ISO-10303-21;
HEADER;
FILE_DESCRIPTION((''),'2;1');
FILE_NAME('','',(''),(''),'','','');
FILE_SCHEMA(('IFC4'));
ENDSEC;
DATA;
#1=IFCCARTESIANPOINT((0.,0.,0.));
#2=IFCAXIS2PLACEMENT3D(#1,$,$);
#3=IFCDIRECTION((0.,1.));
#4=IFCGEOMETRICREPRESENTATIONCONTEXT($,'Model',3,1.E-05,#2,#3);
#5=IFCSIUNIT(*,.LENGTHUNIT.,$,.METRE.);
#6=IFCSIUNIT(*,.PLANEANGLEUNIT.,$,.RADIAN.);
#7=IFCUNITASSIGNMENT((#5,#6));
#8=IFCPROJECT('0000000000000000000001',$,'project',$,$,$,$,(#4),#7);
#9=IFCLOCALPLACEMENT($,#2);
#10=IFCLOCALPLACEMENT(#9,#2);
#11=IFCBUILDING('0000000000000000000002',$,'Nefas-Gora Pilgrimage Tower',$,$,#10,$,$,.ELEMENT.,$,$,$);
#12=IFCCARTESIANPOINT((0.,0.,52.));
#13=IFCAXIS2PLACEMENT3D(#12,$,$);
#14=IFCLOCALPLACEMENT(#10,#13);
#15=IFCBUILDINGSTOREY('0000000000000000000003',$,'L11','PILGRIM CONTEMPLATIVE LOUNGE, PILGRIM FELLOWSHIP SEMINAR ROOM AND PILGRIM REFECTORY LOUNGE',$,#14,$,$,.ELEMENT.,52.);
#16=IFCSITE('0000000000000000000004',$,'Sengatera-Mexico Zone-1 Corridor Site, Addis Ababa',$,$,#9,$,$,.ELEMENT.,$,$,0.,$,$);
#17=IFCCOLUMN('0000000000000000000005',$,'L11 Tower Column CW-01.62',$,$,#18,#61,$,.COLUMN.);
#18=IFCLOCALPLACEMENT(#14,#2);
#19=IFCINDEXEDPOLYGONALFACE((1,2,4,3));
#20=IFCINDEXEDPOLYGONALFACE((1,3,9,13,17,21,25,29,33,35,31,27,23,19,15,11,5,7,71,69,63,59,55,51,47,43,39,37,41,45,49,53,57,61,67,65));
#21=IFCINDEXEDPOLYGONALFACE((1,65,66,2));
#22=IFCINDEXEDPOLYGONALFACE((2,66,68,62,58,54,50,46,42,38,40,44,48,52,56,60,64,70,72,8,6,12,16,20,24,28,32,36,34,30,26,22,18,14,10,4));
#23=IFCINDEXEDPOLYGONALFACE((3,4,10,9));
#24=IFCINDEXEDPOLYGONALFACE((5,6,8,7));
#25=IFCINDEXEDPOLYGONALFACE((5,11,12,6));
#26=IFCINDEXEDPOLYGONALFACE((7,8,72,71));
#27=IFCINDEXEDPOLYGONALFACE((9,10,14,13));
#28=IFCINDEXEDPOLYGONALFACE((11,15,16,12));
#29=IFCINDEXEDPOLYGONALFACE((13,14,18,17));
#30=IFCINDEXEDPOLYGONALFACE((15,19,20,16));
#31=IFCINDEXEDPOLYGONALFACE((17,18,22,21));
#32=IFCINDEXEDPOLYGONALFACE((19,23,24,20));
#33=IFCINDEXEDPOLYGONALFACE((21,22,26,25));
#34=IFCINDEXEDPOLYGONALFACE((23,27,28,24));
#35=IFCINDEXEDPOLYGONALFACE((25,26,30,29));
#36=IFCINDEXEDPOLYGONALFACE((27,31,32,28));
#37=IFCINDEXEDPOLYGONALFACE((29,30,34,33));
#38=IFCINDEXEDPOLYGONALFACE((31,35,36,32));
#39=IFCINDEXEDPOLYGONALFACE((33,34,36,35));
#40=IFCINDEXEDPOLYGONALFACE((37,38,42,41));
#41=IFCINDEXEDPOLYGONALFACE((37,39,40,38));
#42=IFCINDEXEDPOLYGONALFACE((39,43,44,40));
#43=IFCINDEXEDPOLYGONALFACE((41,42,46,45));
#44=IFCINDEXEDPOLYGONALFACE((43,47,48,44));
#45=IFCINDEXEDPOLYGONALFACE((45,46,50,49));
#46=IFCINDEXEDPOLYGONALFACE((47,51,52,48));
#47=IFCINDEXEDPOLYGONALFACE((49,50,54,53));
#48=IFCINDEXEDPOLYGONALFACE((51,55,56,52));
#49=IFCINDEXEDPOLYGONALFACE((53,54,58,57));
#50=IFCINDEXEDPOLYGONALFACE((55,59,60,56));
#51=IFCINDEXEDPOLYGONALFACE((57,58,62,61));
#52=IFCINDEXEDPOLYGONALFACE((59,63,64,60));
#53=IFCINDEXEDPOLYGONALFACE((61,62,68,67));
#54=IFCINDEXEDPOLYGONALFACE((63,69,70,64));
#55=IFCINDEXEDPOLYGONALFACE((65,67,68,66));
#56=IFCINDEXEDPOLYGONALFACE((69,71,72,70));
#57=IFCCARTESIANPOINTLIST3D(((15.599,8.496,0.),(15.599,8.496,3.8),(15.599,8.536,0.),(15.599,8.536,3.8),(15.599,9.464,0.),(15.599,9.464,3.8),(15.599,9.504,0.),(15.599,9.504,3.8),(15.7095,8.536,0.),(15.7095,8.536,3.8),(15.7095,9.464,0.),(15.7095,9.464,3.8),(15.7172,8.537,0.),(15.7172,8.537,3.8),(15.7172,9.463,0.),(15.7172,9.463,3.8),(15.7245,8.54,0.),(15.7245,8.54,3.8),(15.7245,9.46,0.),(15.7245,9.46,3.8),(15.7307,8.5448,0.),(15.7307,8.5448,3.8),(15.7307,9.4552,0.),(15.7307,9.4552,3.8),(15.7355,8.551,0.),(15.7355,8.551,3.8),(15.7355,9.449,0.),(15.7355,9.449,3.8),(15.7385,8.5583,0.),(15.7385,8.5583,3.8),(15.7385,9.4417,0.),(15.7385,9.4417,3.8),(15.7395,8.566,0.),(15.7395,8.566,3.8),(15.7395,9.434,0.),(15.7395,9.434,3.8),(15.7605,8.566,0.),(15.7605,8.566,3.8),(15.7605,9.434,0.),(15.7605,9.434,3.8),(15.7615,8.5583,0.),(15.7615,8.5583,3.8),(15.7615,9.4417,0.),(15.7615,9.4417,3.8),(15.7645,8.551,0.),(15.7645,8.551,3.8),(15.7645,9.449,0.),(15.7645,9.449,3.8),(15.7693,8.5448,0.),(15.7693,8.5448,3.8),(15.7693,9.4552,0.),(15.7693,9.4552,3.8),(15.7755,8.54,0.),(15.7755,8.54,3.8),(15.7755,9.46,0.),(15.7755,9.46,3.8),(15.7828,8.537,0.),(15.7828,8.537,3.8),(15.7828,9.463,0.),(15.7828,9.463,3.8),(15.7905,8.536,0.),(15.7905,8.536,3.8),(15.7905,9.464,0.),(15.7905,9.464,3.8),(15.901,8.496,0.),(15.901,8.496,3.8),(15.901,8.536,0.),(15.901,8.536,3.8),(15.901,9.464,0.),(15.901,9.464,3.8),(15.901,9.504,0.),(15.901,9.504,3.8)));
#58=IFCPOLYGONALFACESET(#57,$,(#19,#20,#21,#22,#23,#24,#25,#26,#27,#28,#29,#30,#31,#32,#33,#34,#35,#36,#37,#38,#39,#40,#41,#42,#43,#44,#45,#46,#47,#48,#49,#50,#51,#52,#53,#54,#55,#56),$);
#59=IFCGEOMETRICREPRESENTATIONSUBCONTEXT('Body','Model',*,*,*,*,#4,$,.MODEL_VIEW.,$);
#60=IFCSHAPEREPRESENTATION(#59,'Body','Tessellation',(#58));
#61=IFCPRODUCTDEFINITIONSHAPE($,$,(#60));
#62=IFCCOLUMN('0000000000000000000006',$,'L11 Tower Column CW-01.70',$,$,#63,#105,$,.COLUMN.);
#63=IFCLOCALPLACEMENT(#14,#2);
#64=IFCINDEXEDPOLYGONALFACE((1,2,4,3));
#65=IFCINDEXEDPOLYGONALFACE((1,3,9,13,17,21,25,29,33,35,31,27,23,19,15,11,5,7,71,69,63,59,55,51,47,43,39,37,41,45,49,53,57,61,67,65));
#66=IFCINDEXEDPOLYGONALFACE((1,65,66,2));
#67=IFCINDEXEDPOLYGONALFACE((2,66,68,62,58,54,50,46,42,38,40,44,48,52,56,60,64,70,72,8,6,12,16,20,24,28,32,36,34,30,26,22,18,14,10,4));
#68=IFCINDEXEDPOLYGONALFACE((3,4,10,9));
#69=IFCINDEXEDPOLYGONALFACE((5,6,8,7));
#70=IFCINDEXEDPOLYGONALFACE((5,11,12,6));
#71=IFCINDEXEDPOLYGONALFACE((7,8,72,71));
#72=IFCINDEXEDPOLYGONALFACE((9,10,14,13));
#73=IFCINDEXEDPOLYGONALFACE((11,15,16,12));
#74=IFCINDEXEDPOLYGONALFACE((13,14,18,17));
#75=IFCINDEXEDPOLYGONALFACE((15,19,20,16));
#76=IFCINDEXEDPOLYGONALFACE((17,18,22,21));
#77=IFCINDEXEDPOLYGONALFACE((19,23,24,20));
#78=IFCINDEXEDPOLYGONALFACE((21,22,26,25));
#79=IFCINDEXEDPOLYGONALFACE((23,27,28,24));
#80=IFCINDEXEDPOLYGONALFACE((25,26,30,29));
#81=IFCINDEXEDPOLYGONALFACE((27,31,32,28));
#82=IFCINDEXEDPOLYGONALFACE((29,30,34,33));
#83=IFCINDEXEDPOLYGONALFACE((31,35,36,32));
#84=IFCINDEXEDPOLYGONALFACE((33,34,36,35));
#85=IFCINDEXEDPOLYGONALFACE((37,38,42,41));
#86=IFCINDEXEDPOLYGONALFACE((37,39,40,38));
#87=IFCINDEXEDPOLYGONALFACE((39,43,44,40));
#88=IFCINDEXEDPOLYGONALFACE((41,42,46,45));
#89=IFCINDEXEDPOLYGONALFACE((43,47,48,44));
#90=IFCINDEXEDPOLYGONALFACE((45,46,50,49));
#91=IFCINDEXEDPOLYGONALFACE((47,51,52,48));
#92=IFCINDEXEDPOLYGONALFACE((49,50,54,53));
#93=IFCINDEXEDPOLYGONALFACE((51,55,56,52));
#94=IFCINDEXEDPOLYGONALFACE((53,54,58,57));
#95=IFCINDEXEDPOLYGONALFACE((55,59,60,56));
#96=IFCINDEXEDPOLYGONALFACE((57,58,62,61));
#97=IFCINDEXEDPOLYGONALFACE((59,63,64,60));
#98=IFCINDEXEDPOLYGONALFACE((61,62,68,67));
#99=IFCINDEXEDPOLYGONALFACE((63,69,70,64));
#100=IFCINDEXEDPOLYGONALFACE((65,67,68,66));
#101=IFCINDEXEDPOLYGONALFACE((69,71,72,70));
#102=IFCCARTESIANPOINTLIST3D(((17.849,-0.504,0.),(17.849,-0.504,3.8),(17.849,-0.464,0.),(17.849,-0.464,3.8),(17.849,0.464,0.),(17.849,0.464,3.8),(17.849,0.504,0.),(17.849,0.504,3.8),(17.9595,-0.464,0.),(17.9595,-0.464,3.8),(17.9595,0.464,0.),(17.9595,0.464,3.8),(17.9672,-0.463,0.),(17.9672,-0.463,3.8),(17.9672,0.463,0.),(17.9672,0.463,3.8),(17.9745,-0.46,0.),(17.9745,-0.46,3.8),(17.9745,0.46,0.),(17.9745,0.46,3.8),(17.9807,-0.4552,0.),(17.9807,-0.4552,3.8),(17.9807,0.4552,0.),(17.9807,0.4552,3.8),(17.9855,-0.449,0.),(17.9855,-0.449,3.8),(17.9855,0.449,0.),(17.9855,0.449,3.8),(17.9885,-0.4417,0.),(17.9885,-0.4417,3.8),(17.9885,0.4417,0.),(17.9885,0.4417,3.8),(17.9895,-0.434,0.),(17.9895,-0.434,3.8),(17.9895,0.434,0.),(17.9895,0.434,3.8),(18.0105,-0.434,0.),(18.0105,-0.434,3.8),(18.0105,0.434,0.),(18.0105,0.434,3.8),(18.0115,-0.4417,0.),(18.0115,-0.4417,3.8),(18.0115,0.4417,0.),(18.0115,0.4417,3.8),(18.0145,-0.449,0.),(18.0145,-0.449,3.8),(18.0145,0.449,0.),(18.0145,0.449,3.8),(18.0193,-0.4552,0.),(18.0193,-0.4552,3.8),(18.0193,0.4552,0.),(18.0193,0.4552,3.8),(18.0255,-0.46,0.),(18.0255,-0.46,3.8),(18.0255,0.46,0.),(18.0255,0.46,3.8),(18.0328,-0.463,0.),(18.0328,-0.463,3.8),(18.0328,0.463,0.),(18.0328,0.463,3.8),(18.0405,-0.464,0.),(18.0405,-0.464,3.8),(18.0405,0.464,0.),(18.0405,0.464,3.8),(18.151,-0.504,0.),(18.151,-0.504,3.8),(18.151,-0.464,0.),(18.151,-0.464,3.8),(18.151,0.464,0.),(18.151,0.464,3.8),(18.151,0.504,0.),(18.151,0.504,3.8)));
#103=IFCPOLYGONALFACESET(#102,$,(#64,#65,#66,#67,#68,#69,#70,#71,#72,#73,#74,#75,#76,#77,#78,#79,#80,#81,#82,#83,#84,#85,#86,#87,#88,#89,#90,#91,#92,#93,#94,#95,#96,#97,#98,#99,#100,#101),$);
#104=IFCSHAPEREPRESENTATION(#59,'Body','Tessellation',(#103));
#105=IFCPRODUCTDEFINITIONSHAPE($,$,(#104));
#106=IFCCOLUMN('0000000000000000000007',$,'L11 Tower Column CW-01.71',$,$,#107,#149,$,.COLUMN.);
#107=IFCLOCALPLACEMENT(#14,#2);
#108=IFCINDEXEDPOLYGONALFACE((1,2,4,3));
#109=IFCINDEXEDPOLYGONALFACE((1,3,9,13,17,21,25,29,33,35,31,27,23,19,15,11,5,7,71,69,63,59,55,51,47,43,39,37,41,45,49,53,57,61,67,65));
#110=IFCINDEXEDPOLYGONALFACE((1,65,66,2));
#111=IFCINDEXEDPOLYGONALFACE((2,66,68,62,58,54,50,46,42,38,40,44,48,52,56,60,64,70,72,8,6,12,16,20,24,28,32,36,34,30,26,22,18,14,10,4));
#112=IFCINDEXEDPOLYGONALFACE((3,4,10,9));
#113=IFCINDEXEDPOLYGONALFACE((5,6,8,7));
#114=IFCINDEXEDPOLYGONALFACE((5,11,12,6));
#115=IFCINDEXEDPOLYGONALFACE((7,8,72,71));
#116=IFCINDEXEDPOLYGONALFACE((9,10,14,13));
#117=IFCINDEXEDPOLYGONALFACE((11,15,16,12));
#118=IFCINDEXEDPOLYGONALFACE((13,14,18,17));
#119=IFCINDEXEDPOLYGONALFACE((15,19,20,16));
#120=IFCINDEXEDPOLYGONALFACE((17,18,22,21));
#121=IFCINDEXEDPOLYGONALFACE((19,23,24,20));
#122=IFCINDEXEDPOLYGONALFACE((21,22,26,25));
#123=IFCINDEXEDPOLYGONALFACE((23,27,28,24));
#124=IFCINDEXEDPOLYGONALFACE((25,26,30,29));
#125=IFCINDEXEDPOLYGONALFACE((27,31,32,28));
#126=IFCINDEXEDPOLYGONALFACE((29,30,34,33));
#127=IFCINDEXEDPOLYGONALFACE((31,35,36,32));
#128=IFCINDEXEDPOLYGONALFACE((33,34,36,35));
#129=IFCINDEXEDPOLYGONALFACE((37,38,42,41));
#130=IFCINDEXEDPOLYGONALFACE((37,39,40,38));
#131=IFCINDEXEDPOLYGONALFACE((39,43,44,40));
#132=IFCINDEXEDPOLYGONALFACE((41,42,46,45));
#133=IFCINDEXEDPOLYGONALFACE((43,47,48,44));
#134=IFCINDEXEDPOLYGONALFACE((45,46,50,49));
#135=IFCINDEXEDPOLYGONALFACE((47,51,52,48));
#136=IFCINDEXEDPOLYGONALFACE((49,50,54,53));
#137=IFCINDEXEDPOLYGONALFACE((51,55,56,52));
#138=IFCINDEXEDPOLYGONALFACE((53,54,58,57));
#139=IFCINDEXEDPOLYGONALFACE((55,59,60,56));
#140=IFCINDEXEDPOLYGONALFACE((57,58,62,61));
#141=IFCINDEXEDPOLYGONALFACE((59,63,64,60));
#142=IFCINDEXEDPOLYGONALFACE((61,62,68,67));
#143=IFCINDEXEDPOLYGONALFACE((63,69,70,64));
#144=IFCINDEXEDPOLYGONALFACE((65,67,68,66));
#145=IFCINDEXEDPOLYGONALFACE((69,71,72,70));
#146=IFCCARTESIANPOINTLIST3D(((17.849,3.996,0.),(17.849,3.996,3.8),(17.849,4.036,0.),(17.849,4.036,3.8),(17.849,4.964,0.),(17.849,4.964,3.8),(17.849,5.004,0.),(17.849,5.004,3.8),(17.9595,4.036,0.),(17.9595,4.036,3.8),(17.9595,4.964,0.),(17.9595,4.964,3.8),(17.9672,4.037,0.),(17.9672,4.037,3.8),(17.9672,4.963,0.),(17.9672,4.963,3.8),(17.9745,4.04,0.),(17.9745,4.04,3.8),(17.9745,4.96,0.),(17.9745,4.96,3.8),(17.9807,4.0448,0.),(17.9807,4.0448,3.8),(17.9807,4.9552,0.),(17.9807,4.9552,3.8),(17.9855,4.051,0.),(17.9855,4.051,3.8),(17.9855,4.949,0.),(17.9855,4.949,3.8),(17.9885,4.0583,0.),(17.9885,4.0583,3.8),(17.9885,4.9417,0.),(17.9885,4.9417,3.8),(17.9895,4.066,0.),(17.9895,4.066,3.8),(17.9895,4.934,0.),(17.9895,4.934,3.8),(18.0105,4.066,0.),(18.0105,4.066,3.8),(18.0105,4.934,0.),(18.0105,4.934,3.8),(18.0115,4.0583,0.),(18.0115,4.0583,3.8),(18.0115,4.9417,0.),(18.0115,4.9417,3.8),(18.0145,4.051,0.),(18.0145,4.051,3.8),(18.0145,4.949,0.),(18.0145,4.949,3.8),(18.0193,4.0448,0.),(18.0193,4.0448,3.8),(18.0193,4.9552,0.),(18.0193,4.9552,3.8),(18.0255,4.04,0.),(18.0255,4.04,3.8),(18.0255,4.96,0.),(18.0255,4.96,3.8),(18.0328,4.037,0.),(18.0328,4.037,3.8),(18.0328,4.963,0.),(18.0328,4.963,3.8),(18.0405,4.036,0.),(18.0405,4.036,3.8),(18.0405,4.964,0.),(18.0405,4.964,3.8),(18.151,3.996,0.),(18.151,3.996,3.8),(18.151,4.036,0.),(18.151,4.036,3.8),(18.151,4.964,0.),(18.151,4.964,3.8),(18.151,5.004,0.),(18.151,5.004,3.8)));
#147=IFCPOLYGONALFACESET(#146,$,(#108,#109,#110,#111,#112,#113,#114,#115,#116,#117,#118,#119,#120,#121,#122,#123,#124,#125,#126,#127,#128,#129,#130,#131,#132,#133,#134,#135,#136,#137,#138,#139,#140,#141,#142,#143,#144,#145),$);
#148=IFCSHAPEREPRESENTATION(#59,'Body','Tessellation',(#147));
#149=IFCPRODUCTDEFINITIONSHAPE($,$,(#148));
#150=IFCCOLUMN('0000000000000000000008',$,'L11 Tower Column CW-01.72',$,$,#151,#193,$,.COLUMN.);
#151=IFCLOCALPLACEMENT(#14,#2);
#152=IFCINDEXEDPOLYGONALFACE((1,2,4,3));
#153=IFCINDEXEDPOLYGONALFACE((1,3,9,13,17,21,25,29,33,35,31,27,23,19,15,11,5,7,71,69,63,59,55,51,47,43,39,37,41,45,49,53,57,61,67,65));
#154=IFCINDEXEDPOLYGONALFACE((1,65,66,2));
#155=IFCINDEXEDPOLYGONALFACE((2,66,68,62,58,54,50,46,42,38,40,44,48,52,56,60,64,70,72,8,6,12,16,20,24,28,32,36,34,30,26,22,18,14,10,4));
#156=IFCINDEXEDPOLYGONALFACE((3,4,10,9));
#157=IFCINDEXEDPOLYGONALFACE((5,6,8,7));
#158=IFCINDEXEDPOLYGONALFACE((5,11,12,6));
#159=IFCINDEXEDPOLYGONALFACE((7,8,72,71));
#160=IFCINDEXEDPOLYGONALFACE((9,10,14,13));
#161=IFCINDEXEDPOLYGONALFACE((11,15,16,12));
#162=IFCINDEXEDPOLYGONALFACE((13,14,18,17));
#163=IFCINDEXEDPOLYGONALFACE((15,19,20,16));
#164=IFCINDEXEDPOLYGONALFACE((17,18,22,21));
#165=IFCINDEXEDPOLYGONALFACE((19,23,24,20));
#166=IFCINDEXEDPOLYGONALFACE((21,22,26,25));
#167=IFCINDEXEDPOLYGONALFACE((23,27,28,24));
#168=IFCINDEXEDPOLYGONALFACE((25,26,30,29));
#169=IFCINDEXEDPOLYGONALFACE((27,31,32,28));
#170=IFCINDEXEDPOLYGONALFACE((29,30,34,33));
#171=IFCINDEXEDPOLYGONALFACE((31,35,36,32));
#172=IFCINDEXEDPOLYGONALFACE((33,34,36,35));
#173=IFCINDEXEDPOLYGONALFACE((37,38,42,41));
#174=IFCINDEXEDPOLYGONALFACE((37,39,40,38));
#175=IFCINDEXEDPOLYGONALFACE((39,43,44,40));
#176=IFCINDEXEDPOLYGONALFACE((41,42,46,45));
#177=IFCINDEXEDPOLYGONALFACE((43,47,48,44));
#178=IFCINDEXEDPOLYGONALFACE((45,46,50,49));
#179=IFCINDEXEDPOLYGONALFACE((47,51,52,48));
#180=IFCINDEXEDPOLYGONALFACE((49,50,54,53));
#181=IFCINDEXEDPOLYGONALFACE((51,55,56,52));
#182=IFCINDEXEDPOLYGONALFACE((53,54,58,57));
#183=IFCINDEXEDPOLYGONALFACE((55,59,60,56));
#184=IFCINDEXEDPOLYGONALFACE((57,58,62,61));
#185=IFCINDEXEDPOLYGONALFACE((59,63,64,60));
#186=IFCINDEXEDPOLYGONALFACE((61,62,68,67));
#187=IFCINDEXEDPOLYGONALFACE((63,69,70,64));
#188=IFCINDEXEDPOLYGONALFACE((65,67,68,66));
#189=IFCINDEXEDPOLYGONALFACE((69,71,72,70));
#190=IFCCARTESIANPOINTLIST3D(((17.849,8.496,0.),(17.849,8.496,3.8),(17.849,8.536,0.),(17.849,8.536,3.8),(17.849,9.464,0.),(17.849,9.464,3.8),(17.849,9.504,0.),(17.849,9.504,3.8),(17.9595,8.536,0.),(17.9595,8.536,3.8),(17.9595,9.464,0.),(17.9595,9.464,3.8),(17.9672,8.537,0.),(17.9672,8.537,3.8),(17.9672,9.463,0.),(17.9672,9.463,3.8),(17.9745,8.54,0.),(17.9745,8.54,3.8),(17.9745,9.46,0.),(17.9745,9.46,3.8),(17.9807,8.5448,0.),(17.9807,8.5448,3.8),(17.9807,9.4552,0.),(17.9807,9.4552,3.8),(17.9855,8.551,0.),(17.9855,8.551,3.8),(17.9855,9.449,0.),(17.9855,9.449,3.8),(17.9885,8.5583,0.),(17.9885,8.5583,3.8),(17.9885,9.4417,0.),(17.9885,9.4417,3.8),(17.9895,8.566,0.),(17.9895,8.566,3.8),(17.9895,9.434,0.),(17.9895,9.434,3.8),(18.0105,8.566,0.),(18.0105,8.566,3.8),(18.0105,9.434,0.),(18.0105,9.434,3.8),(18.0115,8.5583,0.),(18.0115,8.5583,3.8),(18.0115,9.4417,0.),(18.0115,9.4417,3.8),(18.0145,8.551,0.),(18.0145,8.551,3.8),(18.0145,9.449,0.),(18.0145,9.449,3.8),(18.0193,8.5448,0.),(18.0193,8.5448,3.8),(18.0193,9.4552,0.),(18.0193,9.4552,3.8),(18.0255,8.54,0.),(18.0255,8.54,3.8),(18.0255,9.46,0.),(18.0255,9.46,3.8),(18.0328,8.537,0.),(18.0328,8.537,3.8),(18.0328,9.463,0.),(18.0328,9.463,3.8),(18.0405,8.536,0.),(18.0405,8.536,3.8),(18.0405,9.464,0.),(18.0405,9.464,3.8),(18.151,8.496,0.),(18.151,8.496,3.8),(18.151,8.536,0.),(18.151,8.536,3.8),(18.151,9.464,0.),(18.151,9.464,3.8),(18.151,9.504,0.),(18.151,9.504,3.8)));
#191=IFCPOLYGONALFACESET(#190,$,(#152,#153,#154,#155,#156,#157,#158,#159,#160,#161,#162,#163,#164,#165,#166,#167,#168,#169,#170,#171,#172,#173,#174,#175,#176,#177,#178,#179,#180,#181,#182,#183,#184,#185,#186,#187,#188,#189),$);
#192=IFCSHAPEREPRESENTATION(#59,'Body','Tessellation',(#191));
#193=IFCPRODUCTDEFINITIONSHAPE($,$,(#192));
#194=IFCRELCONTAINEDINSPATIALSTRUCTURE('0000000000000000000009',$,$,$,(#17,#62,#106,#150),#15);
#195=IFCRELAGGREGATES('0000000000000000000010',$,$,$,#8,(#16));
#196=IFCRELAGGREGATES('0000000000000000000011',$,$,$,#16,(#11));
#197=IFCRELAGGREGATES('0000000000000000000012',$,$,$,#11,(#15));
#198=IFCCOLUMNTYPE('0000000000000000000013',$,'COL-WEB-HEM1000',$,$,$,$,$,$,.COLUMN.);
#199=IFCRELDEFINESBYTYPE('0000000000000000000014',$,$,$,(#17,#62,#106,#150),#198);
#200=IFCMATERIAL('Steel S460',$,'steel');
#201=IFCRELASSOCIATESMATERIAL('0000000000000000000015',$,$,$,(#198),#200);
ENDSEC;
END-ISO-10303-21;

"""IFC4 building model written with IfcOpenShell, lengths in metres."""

from ifc_helpers import new_model, si_unit, direction, frame, origin, origin_2d, place, context, subcontext, project, spatial, i_section, extrude, source, transform, mapped, material, material_profile, profile_set, type_object, element, save


model = new_model("IFC4")

# Units and contexts
model_context = context("Model", 3, precision=1e-05, world=origin(), true_north=direction((0.0, 1.0)))
body_context = subcontext(model_context, "Body", "Model", "MODEL_VIEW")
ifc_project = project(units=[si_unit("LENGTHUNIT", "METRE"), si_unit("PLANEANGLEUNIT", "RADIAN")], contexts=[model_context])

# Site, building, storey
site_placement = place(None, origin())
site = spatial("IfcSite", under=ifc_project, at=site_placement, Name="Sengatera-Mexico Zone-1 Corridor Site, Addis Ababa", CompositionType="ELEMENT", RefElevation=0.0)
building_placement = place(site_placement, origin())
building = spatial("IfcBuilding", under=site, at=building_placement, Name="Nefas-Gora Pilgrimage Tower", CompositionType="ELEMENT")
storey_placement = place(building_placement, frame((0.0, 0.0, 52.0)))
storey = spatial("IfcBuildingStorey", under=building, at=storey_placement, Name="L11", Description="PILGRIM CONTEMPLATIVE LOUNGE, PILGRIM FELLOWSHIP SEMINAR ROOM AND PILGRIM REFECTORY LOUNGE", CompositionType="ELEMENT", Elevation=52.0)

# Columns
ifc_material_1 = material(Name="Steel S460", Category="steel")
ifc_material_profile_1 = material_profile(ifc_material_1, i_section(OverallWidth=0.302, OverallDepth=1.0081, WebThickness=0.021, FlangeThickness=0.04, FilletRadius=0.03, at=origin_2d()), Name="HEM 1000")
ifc_profile_set_1 = profile_set([ifc_material_profile_1], Name="Steel S460")
column_type_1 = type_object("IfcColumnType", Name="COL-WEB-HEM1000", PredefinedType="COLUMN", material=ifc_profile_set_1)
shared_shape_1 = source(origin(), body_context, "Body", "SweptSolid", [
    extrude(i_section(OverallWidth=0.302, OverallDepth=1.0081, WebThickness=0.021, FlangeThickness=0.04, FilletRadius=0.03, at=origin_2d()), origin(), (0.0, 0.0, 1.0), 3.8),
])
for number, where, z_axis, x_axis, name in (
    (1, (15.75, 9.0, 0.0), (0.0, 0.0, 1.0), (1.0, 0.0, 0.0), "L11 Tower Column CW-01.62"),
    (2, (18.0, 0.0, 0.0), (0.0, 0.0, 1.0), (1.0, 0.0, 0.0), "L11 Tower Column CW-01.70"),
    (3, (18.0, 4.5, 0.0), (0.0, 0.0, 1.0), (1.0, 0.0, 0.0), "L11 Tower Column CW-01.71"),
    (4, (18.0, 9.0, 0.0), (0.0, 0.0, 1.0), (1.0, 0.0, 0.0), "L11 Tower Column CW-01.72"),
):
    element("IfcColumn", number, at=place(storey_placement, frame(where, z_axis=z_axis, x_axis=x_axis)), inside=storey, type_object=column_type_1, Name=name, PredefinedType="COLUMN", context=body_context, shape_type="MappedRepresentation", body=[
        mapped(shared_shape_1, transform((0.0, 0.0, 0.0), x_axis=(1.0, 0.0, 0.0), y_axis=(0.0, 1.0, 0.0), z_axis=(0.0, 0.0, 1.0), scale=1.0)),
    ])

save(model, "model.ifc")
